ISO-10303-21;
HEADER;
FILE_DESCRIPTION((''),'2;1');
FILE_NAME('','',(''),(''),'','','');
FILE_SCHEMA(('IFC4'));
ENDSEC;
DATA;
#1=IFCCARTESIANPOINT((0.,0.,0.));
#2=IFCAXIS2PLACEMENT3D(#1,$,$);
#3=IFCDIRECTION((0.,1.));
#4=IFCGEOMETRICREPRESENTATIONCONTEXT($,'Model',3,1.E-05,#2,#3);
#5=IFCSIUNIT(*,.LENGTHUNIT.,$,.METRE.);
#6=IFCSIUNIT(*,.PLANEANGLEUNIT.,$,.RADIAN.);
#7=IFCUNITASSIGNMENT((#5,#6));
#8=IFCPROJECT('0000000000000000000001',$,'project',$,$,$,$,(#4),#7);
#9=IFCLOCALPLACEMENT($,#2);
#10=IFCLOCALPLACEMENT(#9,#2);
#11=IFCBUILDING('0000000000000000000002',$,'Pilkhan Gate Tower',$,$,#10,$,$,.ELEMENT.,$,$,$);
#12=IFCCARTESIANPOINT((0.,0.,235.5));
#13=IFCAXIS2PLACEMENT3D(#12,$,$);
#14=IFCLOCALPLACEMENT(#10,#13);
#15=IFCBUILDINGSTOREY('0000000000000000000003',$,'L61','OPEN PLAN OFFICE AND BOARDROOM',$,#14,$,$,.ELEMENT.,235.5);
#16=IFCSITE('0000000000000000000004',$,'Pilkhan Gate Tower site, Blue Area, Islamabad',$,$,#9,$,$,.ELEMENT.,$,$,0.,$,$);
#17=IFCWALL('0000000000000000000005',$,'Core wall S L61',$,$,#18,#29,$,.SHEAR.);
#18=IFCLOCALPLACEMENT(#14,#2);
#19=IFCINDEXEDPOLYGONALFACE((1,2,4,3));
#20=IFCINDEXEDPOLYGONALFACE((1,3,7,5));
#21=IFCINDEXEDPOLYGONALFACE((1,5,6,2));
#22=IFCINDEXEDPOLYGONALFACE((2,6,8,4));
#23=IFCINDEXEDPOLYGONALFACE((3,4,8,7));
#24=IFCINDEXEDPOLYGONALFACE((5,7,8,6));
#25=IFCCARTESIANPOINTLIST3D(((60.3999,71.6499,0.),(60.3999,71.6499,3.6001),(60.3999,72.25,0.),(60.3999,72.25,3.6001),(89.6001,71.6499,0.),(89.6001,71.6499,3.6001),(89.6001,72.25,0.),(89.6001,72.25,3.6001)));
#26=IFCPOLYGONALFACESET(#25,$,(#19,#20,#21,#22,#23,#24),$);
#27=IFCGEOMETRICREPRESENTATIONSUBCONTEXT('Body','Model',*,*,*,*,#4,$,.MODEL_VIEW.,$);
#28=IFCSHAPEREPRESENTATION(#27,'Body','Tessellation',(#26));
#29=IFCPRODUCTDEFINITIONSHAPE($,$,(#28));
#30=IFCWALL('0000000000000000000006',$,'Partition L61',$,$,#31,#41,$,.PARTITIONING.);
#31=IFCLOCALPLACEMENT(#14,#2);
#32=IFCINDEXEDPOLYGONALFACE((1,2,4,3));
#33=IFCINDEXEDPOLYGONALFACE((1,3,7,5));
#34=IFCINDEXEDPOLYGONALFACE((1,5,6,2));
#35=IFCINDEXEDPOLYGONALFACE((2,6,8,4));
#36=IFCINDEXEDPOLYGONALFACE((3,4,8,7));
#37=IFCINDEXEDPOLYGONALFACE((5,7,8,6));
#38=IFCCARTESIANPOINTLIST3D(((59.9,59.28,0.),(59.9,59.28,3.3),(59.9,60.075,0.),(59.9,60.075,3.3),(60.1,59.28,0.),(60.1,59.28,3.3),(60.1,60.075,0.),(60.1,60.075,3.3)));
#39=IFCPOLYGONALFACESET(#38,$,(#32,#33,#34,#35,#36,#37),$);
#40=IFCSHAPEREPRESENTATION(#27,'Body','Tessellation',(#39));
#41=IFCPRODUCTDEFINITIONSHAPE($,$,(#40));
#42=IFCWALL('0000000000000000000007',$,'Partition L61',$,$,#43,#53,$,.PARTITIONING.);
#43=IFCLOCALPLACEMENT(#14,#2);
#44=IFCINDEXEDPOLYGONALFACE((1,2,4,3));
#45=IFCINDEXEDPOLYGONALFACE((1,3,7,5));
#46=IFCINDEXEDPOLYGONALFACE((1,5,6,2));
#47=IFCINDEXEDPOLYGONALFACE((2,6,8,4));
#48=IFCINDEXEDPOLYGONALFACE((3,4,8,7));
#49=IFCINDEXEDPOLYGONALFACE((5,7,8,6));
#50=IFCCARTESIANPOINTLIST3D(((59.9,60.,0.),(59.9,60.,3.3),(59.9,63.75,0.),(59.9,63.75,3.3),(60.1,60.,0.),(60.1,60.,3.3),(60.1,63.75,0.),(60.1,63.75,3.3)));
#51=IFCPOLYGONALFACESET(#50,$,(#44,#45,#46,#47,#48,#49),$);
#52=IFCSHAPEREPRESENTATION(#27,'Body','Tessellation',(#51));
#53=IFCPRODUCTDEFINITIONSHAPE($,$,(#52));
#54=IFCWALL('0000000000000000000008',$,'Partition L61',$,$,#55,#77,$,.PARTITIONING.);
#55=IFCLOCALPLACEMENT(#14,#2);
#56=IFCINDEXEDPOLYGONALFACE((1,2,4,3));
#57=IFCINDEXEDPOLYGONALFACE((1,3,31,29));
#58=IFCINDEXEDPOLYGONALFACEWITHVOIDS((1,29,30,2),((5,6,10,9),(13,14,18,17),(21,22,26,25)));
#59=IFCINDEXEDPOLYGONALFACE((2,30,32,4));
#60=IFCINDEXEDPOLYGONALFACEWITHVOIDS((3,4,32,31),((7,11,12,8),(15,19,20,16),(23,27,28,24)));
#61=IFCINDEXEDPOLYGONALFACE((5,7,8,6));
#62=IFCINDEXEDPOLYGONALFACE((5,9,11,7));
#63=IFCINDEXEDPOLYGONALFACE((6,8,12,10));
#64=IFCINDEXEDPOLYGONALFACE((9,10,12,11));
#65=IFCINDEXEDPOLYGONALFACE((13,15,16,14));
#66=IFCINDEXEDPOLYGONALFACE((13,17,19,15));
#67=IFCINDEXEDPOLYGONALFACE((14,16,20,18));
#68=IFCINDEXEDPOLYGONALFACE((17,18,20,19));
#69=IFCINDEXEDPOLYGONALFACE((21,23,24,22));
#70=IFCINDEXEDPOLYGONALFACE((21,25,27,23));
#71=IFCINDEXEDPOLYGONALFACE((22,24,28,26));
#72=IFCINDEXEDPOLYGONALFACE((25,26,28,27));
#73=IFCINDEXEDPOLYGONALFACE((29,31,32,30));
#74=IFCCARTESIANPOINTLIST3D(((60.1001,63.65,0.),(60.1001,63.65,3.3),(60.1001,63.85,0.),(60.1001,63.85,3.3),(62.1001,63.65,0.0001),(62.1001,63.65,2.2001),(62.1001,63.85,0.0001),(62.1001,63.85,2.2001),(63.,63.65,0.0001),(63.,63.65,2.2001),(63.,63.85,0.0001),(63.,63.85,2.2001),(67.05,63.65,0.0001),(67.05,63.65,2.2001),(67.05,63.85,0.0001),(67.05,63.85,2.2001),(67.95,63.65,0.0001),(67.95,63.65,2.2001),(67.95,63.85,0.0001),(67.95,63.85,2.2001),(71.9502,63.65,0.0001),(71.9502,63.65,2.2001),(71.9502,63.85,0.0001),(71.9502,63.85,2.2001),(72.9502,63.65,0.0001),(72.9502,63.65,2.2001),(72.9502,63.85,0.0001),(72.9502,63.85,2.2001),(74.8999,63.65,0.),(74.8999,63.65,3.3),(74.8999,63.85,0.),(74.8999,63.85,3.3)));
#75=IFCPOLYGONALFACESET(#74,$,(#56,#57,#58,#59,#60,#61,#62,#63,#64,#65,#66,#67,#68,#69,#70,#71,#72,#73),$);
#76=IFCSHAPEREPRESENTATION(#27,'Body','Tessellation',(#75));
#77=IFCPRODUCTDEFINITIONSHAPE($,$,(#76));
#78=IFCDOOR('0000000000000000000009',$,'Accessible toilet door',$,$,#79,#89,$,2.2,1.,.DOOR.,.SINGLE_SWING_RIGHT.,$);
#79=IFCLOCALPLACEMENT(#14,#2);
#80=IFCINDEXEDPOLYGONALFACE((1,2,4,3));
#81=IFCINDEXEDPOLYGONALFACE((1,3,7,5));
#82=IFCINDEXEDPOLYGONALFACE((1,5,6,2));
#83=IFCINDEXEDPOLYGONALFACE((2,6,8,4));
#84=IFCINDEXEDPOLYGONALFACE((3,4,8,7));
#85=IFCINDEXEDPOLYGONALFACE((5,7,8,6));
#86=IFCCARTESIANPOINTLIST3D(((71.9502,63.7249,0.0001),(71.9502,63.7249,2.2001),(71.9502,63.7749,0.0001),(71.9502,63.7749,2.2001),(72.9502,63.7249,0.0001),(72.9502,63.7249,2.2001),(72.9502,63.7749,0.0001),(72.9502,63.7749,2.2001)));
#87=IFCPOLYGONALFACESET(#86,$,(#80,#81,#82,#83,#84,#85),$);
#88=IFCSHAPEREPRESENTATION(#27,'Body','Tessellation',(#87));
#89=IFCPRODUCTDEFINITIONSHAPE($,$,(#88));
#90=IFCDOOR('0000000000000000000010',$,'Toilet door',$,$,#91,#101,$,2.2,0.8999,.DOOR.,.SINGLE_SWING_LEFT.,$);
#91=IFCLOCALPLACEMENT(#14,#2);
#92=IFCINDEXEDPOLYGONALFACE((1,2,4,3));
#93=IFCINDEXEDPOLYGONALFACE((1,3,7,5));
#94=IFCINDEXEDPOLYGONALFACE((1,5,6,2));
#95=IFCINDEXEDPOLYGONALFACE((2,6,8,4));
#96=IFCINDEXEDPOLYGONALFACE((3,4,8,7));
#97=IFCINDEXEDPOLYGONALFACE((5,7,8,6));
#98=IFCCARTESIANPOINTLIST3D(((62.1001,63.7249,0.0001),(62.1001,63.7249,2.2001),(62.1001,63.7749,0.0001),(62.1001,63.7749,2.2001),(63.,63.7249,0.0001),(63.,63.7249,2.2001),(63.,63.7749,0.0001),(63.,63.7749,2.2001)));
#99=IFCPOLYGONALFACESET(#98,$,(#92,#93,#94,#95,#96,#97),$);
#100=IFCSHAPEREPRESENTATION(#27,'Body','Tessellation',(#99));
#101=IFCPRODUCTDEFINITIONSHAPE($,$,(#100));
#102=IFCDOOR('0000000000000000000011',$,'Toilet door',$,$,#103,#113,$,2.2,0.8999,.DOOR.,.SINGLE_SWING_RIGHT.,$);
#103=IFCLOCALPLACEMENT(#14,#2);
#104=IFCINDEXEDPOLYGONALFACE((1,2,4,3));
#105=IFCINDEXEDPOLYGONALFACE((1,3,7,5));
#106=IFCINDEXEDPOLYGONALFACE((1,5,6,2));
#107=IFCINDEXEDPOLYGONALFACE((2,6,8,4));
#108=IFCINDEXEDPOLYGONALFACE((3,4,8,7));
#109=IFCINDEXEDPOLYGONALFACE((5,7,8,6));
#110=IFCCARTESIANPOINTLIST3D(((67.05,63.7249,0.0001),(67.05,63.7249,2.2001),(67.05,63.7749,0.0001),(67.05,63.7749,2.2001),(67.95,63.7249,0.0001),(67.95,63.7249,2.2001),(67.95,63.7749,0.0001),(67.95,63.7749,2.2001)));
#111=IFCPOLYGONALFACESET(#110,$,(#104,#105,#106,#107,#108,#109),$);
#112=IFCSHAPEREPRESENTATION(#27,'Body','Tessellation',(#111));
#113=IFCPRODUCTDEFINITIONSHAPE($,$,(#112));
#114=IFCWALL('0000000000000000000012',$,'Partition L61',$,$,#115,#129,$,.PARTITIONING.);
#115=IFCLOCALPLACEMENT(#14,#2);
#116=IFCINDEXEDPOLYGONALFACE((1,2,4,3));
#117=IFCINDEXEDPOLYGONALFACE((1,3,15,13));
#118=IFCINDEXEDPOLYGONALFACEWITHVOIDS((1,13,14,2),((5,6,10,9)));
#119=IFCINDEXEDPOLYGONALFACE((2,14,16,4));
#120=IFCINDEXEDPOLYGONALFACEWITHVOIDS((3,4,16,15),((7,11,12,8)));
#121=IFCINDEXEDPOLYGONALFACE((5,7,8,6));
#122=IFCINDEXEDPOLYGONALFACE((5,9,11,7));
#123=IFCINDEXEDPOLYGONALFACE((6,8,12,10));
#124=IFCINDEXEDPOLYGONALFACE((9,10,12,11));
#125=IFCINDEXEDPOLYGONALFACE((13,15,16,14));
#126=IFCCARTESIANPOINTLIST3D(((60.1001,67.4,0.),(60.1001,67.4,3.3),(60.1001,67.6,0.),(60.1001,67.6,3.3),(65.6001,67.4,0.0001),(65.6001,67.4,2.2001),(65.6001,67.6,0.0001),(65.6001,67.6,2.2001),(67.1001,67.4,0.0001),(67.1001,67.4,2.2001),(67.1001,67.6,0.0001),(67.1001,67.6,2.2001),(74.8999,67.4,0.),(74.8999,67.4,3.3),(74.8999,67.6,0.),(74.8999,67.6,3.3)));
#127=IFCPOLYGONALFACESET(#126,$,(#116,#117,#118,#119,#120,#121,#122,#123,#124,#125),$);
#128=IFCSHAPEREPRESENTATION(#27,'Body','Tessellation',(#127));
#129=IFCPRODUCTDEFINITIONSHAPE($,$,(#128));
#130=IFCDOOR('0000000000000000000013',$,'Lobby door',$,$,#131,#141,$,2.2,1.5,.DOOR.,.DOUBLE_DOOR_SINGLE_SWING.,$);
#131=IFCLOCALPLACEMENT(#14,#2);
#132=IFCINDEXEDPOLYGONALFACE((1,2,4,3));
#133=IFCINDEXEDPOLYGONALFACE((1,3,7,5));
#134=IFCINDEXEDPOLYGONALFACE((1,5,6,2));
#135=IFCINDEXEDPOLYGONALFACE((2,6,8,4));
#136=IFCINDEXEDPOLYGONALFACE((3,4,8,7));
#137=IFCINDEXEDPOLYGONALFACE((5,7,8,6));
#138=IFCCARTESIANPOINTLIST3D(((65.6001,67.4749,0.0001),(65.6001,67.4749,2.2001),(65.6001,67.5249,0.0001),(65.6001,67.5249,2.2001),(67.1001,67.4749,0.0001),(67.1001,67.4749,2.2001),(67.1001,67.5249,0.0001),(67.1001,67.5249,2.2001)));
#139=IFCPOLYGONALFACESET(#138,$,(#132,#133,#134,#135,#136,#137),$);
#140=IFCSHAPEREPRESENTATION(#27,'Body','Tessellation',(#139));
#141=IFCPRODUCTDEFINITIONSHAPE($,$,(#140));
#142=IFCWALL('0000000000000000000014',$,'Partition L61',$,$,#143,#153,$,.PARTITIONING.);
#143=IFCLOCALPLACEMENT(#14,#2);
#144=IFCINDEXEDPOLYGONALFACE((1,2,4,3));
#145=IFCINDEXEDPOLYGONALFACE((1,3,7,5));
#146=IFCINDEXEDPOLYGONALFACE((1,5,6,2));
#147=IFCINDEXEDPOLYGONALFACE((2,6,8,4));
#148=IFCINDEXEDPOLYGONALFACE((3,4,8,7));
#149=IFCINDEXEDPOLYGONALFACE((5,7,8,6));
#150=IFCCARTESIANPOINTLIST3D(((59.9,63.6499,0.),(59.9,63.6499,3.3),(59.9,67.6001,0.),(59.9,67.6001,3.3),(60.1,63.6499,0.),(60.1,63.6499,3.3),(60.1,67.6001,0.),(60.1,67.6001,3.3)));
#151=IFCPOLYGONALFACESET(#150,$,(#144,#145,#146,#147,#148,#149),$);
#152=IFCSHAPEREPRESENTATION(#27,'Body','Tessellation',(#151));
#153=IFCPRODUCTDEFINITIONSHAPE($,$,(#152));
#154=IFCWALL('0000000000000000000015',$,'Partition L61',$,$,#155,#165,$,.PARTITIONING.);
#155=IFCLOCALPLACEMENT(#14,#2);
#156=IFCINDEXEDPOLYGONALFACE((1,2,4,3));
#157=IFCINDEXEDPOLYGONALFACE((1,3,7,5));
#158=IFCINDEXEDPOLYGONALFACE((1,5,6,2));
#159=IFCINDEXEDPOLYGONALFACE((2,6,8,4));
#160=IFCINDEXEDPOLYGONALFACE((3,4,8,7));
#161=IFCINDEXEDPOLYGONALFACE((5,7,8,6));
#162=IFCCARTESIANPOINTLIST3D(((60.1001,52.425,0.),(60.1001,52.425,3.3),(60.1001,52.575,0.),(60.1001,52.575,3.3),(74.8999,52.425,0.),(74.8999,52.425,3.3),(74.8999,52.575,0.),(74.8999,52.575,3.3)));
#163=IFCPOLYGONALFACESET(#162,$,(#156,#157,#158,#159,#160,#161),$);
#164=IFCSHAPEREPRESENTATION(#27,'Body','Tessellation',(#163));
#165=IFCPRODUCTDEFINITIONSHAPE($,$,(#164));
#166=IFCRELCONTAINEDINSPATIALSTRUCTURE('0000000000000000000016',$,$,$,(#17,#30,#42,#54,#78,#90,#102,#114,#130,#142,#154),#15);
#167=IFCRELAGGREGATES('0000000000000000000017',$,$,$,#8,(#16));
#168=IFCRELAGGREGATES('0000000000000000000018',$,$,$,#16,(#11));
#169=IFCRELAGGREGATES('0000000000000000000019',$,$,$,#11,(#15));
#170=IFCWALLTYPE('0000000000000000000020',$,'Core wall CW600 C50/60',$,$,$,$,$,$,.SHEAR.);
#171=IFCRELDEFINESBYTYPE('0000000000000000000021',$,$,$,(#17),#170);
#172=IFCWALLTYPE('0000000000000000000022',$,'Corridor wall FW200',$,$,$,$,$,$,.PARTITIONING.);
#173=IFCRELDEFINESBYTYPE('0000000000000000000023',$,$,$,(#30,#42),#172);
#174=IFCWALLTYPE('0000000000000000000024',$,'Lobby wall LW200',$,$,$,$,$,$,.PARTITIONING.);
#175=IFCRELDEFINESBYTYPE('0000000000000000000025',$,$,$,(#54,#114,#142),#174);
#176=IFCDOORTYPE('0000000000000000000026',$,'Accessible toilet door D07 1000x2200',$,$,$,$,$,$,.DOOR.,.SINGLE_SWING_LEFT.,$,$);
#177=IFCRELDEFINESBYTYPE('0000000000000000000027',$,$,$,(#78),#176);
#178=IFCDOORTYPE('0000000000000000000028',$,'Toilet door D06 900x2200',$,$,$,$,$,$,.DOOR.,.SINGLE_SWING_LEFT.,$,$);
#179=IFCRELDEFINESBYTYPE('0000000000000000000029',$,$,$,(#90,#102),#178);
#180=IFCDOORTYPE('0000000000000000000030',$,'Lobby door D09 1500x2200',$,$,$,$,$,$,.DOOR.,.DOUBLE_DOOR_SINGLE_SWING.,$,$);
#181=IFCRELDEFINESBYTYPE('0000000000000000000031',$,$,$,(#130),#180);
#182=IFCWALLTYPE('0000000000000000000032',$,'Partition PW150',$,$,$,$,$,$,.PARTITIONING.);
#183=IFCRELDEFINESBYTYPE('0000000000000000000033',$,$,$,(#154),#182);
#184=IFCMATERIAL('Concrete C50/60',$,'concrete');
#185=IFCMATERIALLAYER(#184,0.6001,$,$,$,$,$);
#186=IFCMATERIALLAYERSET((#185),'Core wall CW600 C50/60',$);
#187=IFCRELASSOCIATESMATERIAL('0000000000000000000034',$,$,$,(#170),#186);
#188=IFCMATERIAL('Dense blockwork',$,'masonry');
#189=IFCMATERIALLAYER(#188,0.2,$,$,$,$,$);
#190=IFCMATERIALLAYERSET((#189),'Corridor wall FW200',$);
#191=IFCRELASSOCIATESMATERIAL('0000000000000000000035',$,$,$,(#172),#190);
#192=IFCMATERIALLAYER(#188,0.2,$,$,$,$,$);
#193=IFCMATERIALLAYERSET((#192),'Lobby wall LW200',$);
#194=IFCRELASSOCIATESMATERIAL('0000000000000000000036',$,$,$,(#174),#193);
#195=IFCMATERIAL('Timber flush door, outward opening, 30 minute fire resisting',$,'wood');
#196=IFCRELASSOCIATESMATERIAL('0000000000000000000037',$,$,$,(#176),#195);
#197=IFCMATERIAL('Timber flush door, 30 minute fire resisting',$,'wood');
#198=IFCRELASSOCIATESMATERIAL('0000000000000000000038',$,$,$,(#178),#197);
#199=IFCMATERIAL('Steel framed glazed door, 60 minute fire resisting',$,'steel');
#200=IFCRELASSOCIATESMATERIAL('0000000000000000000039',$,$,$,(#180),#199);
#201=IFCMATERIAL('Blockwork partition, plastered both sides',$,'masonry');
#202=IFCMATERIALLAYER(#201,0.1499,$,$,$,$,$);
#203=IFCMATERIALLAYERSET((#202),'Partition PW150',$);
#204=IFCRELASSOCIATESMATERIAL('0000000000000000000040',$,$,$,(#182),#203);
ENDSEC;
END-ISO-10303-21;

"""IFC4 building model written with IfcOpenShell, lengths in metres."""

from ifc_helpers import new_model, si_unit, direction, frame, frame_2d, origin, place, context, subcontext, project, spatial, rectangle, extrude, material, layer, layer_set, type_object, element, fill, save


model = new_model("IFC4")

# Units and contexts
model_context = context("Model", 3, precision=1e-05, world=origin(), true_north=direction((0.0, 1.0)))
body_context = subcontext(model_context, "Body", "Model", "MODEL_VIEW")
ifc_project = project(units=[si_unit("LENGTHUNIT", "METRE"), si_unit("PLANEANGLEUNIT", "RADIAN")], contexts=[model_context])

# Site, building, storey
site_placement = place(None, origin())
site = spatial("IfcSite", under=ifc_project, at=site_placement, Name="Pilkhan Gate Tower site, Blue Area, Islamabad", CompositionType="ELEMENT", RefElevation=0.0)
building_placement = place(site_placement, origin())
building = spatial("IfcBuilding", under=site, at=building_placement, Name="Pilkhan Gate Tower", CompositionType="ELEMENT")
storey_placement = place(building_placement, frame((0.0, 0.0, 235.5)))
storey = spatial("IfcBuildingStorey", under=building, at=storey_placement, Name="L61", Description="OPEN PLAN OFFICE AND BOARDROOM", CompositionType="ELEMENT", Elevation=235.5)

# Shared definitions
ifc_material_1 = material(Name="Concrete C50/60", Category="concrete")

# Walls
ifc_layer_1 = layer(ifc_material_1, 0.6001)
ifc_layer_set_1 = layer_set([ifc_layer_1], Name="Core wall CW600 C50/60")
wall_type_1 = type_object("IfcWallType", Name="Core wall CW600 C50/60", PredefinedType="SHEAR", material=ifc_layer_set_1)
wall_1_placement = place(storey_placement, frame((60.3999, 71.95, 0.0), z_axis=(0.0, 0.0, 1.0), x_axis=(1.0, 0.0, 0.0)))
element("IfcWall", 1, at=wall_1_placement, inside=storey, type_object=wall_type_1, Name="Core wall S L61", PredefinedType="SHEAR", context=body_context, shape_type="SweptSolid", body=[
    extrude(rectangle(XDim=29.2002, YDim=0.6001, at=frame_2d((14.6001, 0.0))), origin(), (0.0, 0.0, 1.0), 3.6001),
])
ifc_material_2 = material(Name="Dense blockwork", Category="masonry")
ifc_layer_2 = layer(ifc_material_2, 0.2)
ifc_layer_set_2 = layer_set([ifc_layer_2], Name="Corridor wall FW200")
wall_type_2 = type_object("IfcWallType", Name="Corridor wall FW200", PredefinedType="PARTITIONING", material=ifc_layer_set_2)
wall_2_placement = place(storey_placement, frame((60.0, 59.28, 0.0), z_axis=(0.0, 0.0, 1.0), x_axis=(0.0, 1.0, 0.0)))
element("IfcWall", 2, at=wall_2_placement, inside=storey, type_object=wall_type_2, Name="Partition L61", PredefinedType="PARTITIONING", context=body_context, shape_type="SweptSolid", body=[
    extrude(rectangle(XDim=0.7949, YDim=0.2, at=frame_2d((0.3975, 0.0))), origin(), (0.0, 0.0, 1.0), 3.3),
])
wall_3_placement = place(storey_placement, frame((60.0, 60.0, 0.0), z_axis=(0.0, 0.0, 1.0), x_axis=(0.0, 1.0, 0.0)))
element("IfcWall", 3, at=wall_3_placement, inside=storey, type_object=wall_type_2, Name="Partition L61", PredefinedType="PARTITIONING", context=body_context, shape_type="SweptSolid", body=[
    extrude(rectangle(XDim=3.75, YDim=0.2, at=frame_2d((1.875, 0.0))), origin(), (0.0, 0.0, 1.0), 3.3),
])

# Wall, openings, doors
ifc_layer_3 = layer(ifc_material_2, 0.2)
ifc_layer_set_3 = layer_set([ifc_layer_3], Name="Lobby wall LW200")
wall_type_3 = type_object("IfcWallType", Name="Lobby wall LW200", PredefinedType="PARTITIONING", material=ifc_layer_set_3)
wall_4_placement = place(storey_placement, frame((60.1001, 63.75, 0.0), z_axis=(0.0, 0.0, 1.0), x_axis=(1.0, 0.0, 0.0)))
wall_4 = element("IfcWall", 4, at=wall_4_placement, inside=storey, type_object=wall_type_3, Name="Partition L61", PredefinedType="PARTITIONING", context=body_context, shape_type="SweptSolid", body=[
    extrude(rectangle(XDim=14.7998, YDim=0.2, at=frame_2d((7.3999, 0.0))), origin(), (0.0, 0.0, 1.0), 3.3),
])
opening_1_placement = place(wall_4_placement, frame((2.0, 0.0, 0.0)))
opening_1 = element("IfcOpeningElement", 5, at=opening_1_placement, cuts=wall_4, PredefinedType="OPENING", context=body_context, shape_type="SweptSolid", body=[
    extrude(rectangle(XDim=0.8999, YDim=2.2, at=frame_2d((0.45, 1.1001))), frame((0.0, 0.1099, 0.0), z_axis=(0.0, -1.0, 0.0), x_axis=(1.0, 0.0, 0.0)), (0.0, 0.0, 1.0), 0.22),
])
opening_2_placement = place(wall_4_placement, frame((6.95, 0.0, 0.0)))
opening_2 = element("IfcOpeningElement", 6, at=opening_2_placement, cuts=wall_4, PredefinedType="OPENING", context=body_context, shape_type="SweptSolid", body=[
    extrude(rectangle(XDim=0.8999, YDim=2.2, at=frame_2d((0.45, 1.1001))), frame((0.0, 0.1099, 0.0), z_axis=(0.0, -1.0, 0.0), x_axis=(1.0, 0.0, 0.0)), (0.0, 0.0, 1.0), 0.22),
])
opening_3_placement = place(wall_4_placement, frame((11.8501, 0.0, 0.0)))
opening_3 = element("IfcOpeningElement", 7, at=opening_3_placement, cuts=wall_4, PredefinedType="OPENING", context=body_context, shape_type="SweptSolid", body=[
    extrude(rectangle(XDim=1.0, YDim=2.2, at=frame_2d((0.5, 1.1001))), frame((0.0, 0.1099, 0.0), z_axis=(0.0, -1.0, 0.0), x_axis=(1.0, 0.0, 0.0)), (0.0, 0.0, 1.0), 0.22),
])
ifc_material_3 = material(Name="Timber flush door, outward opening, 30 minute fire resisting", Category="wood")
door_type_1 = type_object("IfcDoorType", Name="Accessible toilet door D07 1000x2200", OperationType="SINGLE_SWING_LEFT", PredefinedType="DOOR", material=ifc_material_3)
door_1_placement = place(opening_3_placement, origin())
door_1 = element("IfcDoor", 8, at=door_1_placement, inside=storey, type_object=door_type_1, Name="Accessible toilet door", OperationType="SINGLE_SWING_RIGHT", OverallHeight=2.2, OverallWidth=1.0, PredefinedType="DOOR", context=body_context, shape_type="SweptSolid", body=[
    extrude(rectangle(XDim=1.0, YDim=2.2, at=frame_2d((0.5, 1.1001))), frame((0.0, 0.0249, 0.0), z_axis=(0.0, -1.0, 0.0), x_axis=(1.0, 0.0, 0.0)), (0.0, 0.0, 1.0), 0.05),
])
fill(opening_3, door_1)
ifc_material_4 = material(Name="Timber flush door, 30 minute fire resisting", Category="wood")
door_type_2 = type_object("IfcDoorType", Name="Toilet door D06 900x2200", OperationType="SINGLE_SWING_LEFT", PredefinedType="DOOR", material=ifc_material_4)
door_2_placement = place(opening_1_placement, origin())
door_2 = element("IfcDoor", 9, at=door_2_placement, inside=storey, type_object=door_type_2, Name="Toilet door", OperationType="SINGLE_SWING_LEFT", OverallHeight=2.2, OverallWidth=0.8999, PredefinedType="DOOR", context=body_context, shape_type="SweptSolid", body=[
    extrude(rectangle(XDim=0.8999, YDim=2.2, at=frame_2d((0.45, 1.1001))), frame((0.0, 0.0249, 0.0), z_axis=(0.0, -1.0, 0.0), x_axis=(1.0, 0.0, 0.0)), (0.0, 0.0, 1.0), 0.05),
])
fill(opening_1, door_2)
door_3_placement = place(opening_2_placement, origin())
door_3 = element("IfcDoor", 10, at=door_3_placement, inside=storey, type_object=door_type_2, Name="Toilet door", OperationType="SINGLE_SWING_RIGHT", OverallHeight=2.2, OverallWidth=0.8999, PredefinedType="DOOR", context=body_context, shape_type="SweptSolid", body=[
    extrude(rectangle(XDim=0.8999, YDim=2.2, at=frame_2d((0.45, 1.1001))), frame((0.0, 0.0249, 0.0), z_axis=(0.0, -1.0, 0.0), x_axis=(1.0, 0.0, 0.0)), (0.0, 0.0, 1.0), 0.05),
])
fill(opening_2, door_3)

# Wall, opening, door
wall_5_placement = place(storey_placement, frame((60.1001, 67.5, 0.0), z_axis=(0.0, 0.0, 1.0), x_axis=(1.0, 0.0, 0.0)))
wall_5 = element("IfcWall", 11, at=wall_5_placement, inside=storey, type_object=wall_type_3, Name="Partition L61", PredefinedType="PARTITIONING", context=body_context, shape_type="SweptSolid", body=[
    extrude(rectangle(XDim=14.7998, YDim=0.2, at=frame_2d((7.3999, 0.0))), origin(), (0.0, 0.0, 1.0), 3.3),
])
opening_4_placement = place(wall_5_placement, frame((5.5, 0.0, 0.0)))
opening_4 = element("IfcOpeningElement", 12, at=opening_4_placement, cuts=wall_5, PredefinedType="OPENING", context=body_context, shape_type="SweptSolid", body=[
    extrude(rectangle(XDim=1.5, YDim=2.2, at=frame_2d((0.75, 1.1001))), frame((0.0, 0.1099, 0.0), z_axis=(0.0, -1.0, 0.0), x_axis=(1.0, 0.0, 0.0)), (0.0, 0.0, 1.0), 0.22),
])
ifc_material_5 = material(Name="Steel framed glazed door, 60 minute fire resisting", Category="steel")
door_type_3 = type_object("IfcDoorType", Name="Lobby door D09 1500x2200", OperationType="DOUBLE_DOOR_SINGLE_SWING", PredefinedType="DOOR", material=ifc_material_5)
door_4_placement = place(opening_4_placement, origin())
door_4 = element("IfcDoor", 13, at=door_4_placement, inside=storey, type_object=door_type_3, Name="Lobby door", OperationType="DOUBLE_DOOR_SINGLE_SWING", OverallHeight=2.2, OverallWidth=1.5, PredefinedType="DOOR", context=body_context, shape_type="SweptSolid", body=[
    extrude(rectangle(XDim=1.5, YDim=2.2, at=frame_2d((0.75, 1.1001))), frame((0.0, 0.0249, 0.0), z_axis=(0.0, -1.0, 0.0), x_axis=(1.0, 0.0, 0.0)), (0.0, 0.0, 1.0), 0.05),
])
fill(opening_4, door_4)

# Walls
wall_6_placement = place(storey_placement, frame((60.0, 63.6499, 0.0), z_axis=(0.0, 0.0, 1.0), x_axis=(0.0, 1.0, 0.0)))
element("IfcWall", 14, at=wall_6_placement, inside=storey, type_object=wall_type_3, Name="Partition L61", PredefinedType="PARTITIONING", context=body_context, shape_type="SweptSolid", body=[
    extrude(rectangle(XDim=3.9502, YDim=0.2, at=frame_2d((1.9751, 0.0))), origin(), (0.0, 0.0, 1.0), 3.3),
])
ifc_material_6 = material(Name="Blockwork partition, plastered both sides", Category="masonry")
ifc_layer_4 = layer(ifc_material_6, 0.1499)
ifc_layer_set_4 = layer_set([ifc_layer_4], Name="Partition PW150")
wall_type_4 = type_object("IfcWallType", Name="Partition PW150", PredefinedType="PARTITIONING", material=ifc_layer_set_4)
wall_7_placement = place(storey_placement, frame((60.1001, 52.5, 0.0), z_axis=(0.0, 0.0, 1.0), x_axis=(1.0, 0.0, 0.0)))
element("IfcWall", 15, at=wall_7_placement, inside=storey, type_object=wall_type_4, Name="Partition L61", PredefinedType="PARTITIONING", context=body_context, shape_type="SweptSolid", body=[
    extrude(rectangle(XDim=14.7998, YDim=0.1499, at=frame_2d((7.3999, 0.0))), origin(), (0.0, 0.0, 1.0), 3.3),
])

save(model, "model.ifc")
